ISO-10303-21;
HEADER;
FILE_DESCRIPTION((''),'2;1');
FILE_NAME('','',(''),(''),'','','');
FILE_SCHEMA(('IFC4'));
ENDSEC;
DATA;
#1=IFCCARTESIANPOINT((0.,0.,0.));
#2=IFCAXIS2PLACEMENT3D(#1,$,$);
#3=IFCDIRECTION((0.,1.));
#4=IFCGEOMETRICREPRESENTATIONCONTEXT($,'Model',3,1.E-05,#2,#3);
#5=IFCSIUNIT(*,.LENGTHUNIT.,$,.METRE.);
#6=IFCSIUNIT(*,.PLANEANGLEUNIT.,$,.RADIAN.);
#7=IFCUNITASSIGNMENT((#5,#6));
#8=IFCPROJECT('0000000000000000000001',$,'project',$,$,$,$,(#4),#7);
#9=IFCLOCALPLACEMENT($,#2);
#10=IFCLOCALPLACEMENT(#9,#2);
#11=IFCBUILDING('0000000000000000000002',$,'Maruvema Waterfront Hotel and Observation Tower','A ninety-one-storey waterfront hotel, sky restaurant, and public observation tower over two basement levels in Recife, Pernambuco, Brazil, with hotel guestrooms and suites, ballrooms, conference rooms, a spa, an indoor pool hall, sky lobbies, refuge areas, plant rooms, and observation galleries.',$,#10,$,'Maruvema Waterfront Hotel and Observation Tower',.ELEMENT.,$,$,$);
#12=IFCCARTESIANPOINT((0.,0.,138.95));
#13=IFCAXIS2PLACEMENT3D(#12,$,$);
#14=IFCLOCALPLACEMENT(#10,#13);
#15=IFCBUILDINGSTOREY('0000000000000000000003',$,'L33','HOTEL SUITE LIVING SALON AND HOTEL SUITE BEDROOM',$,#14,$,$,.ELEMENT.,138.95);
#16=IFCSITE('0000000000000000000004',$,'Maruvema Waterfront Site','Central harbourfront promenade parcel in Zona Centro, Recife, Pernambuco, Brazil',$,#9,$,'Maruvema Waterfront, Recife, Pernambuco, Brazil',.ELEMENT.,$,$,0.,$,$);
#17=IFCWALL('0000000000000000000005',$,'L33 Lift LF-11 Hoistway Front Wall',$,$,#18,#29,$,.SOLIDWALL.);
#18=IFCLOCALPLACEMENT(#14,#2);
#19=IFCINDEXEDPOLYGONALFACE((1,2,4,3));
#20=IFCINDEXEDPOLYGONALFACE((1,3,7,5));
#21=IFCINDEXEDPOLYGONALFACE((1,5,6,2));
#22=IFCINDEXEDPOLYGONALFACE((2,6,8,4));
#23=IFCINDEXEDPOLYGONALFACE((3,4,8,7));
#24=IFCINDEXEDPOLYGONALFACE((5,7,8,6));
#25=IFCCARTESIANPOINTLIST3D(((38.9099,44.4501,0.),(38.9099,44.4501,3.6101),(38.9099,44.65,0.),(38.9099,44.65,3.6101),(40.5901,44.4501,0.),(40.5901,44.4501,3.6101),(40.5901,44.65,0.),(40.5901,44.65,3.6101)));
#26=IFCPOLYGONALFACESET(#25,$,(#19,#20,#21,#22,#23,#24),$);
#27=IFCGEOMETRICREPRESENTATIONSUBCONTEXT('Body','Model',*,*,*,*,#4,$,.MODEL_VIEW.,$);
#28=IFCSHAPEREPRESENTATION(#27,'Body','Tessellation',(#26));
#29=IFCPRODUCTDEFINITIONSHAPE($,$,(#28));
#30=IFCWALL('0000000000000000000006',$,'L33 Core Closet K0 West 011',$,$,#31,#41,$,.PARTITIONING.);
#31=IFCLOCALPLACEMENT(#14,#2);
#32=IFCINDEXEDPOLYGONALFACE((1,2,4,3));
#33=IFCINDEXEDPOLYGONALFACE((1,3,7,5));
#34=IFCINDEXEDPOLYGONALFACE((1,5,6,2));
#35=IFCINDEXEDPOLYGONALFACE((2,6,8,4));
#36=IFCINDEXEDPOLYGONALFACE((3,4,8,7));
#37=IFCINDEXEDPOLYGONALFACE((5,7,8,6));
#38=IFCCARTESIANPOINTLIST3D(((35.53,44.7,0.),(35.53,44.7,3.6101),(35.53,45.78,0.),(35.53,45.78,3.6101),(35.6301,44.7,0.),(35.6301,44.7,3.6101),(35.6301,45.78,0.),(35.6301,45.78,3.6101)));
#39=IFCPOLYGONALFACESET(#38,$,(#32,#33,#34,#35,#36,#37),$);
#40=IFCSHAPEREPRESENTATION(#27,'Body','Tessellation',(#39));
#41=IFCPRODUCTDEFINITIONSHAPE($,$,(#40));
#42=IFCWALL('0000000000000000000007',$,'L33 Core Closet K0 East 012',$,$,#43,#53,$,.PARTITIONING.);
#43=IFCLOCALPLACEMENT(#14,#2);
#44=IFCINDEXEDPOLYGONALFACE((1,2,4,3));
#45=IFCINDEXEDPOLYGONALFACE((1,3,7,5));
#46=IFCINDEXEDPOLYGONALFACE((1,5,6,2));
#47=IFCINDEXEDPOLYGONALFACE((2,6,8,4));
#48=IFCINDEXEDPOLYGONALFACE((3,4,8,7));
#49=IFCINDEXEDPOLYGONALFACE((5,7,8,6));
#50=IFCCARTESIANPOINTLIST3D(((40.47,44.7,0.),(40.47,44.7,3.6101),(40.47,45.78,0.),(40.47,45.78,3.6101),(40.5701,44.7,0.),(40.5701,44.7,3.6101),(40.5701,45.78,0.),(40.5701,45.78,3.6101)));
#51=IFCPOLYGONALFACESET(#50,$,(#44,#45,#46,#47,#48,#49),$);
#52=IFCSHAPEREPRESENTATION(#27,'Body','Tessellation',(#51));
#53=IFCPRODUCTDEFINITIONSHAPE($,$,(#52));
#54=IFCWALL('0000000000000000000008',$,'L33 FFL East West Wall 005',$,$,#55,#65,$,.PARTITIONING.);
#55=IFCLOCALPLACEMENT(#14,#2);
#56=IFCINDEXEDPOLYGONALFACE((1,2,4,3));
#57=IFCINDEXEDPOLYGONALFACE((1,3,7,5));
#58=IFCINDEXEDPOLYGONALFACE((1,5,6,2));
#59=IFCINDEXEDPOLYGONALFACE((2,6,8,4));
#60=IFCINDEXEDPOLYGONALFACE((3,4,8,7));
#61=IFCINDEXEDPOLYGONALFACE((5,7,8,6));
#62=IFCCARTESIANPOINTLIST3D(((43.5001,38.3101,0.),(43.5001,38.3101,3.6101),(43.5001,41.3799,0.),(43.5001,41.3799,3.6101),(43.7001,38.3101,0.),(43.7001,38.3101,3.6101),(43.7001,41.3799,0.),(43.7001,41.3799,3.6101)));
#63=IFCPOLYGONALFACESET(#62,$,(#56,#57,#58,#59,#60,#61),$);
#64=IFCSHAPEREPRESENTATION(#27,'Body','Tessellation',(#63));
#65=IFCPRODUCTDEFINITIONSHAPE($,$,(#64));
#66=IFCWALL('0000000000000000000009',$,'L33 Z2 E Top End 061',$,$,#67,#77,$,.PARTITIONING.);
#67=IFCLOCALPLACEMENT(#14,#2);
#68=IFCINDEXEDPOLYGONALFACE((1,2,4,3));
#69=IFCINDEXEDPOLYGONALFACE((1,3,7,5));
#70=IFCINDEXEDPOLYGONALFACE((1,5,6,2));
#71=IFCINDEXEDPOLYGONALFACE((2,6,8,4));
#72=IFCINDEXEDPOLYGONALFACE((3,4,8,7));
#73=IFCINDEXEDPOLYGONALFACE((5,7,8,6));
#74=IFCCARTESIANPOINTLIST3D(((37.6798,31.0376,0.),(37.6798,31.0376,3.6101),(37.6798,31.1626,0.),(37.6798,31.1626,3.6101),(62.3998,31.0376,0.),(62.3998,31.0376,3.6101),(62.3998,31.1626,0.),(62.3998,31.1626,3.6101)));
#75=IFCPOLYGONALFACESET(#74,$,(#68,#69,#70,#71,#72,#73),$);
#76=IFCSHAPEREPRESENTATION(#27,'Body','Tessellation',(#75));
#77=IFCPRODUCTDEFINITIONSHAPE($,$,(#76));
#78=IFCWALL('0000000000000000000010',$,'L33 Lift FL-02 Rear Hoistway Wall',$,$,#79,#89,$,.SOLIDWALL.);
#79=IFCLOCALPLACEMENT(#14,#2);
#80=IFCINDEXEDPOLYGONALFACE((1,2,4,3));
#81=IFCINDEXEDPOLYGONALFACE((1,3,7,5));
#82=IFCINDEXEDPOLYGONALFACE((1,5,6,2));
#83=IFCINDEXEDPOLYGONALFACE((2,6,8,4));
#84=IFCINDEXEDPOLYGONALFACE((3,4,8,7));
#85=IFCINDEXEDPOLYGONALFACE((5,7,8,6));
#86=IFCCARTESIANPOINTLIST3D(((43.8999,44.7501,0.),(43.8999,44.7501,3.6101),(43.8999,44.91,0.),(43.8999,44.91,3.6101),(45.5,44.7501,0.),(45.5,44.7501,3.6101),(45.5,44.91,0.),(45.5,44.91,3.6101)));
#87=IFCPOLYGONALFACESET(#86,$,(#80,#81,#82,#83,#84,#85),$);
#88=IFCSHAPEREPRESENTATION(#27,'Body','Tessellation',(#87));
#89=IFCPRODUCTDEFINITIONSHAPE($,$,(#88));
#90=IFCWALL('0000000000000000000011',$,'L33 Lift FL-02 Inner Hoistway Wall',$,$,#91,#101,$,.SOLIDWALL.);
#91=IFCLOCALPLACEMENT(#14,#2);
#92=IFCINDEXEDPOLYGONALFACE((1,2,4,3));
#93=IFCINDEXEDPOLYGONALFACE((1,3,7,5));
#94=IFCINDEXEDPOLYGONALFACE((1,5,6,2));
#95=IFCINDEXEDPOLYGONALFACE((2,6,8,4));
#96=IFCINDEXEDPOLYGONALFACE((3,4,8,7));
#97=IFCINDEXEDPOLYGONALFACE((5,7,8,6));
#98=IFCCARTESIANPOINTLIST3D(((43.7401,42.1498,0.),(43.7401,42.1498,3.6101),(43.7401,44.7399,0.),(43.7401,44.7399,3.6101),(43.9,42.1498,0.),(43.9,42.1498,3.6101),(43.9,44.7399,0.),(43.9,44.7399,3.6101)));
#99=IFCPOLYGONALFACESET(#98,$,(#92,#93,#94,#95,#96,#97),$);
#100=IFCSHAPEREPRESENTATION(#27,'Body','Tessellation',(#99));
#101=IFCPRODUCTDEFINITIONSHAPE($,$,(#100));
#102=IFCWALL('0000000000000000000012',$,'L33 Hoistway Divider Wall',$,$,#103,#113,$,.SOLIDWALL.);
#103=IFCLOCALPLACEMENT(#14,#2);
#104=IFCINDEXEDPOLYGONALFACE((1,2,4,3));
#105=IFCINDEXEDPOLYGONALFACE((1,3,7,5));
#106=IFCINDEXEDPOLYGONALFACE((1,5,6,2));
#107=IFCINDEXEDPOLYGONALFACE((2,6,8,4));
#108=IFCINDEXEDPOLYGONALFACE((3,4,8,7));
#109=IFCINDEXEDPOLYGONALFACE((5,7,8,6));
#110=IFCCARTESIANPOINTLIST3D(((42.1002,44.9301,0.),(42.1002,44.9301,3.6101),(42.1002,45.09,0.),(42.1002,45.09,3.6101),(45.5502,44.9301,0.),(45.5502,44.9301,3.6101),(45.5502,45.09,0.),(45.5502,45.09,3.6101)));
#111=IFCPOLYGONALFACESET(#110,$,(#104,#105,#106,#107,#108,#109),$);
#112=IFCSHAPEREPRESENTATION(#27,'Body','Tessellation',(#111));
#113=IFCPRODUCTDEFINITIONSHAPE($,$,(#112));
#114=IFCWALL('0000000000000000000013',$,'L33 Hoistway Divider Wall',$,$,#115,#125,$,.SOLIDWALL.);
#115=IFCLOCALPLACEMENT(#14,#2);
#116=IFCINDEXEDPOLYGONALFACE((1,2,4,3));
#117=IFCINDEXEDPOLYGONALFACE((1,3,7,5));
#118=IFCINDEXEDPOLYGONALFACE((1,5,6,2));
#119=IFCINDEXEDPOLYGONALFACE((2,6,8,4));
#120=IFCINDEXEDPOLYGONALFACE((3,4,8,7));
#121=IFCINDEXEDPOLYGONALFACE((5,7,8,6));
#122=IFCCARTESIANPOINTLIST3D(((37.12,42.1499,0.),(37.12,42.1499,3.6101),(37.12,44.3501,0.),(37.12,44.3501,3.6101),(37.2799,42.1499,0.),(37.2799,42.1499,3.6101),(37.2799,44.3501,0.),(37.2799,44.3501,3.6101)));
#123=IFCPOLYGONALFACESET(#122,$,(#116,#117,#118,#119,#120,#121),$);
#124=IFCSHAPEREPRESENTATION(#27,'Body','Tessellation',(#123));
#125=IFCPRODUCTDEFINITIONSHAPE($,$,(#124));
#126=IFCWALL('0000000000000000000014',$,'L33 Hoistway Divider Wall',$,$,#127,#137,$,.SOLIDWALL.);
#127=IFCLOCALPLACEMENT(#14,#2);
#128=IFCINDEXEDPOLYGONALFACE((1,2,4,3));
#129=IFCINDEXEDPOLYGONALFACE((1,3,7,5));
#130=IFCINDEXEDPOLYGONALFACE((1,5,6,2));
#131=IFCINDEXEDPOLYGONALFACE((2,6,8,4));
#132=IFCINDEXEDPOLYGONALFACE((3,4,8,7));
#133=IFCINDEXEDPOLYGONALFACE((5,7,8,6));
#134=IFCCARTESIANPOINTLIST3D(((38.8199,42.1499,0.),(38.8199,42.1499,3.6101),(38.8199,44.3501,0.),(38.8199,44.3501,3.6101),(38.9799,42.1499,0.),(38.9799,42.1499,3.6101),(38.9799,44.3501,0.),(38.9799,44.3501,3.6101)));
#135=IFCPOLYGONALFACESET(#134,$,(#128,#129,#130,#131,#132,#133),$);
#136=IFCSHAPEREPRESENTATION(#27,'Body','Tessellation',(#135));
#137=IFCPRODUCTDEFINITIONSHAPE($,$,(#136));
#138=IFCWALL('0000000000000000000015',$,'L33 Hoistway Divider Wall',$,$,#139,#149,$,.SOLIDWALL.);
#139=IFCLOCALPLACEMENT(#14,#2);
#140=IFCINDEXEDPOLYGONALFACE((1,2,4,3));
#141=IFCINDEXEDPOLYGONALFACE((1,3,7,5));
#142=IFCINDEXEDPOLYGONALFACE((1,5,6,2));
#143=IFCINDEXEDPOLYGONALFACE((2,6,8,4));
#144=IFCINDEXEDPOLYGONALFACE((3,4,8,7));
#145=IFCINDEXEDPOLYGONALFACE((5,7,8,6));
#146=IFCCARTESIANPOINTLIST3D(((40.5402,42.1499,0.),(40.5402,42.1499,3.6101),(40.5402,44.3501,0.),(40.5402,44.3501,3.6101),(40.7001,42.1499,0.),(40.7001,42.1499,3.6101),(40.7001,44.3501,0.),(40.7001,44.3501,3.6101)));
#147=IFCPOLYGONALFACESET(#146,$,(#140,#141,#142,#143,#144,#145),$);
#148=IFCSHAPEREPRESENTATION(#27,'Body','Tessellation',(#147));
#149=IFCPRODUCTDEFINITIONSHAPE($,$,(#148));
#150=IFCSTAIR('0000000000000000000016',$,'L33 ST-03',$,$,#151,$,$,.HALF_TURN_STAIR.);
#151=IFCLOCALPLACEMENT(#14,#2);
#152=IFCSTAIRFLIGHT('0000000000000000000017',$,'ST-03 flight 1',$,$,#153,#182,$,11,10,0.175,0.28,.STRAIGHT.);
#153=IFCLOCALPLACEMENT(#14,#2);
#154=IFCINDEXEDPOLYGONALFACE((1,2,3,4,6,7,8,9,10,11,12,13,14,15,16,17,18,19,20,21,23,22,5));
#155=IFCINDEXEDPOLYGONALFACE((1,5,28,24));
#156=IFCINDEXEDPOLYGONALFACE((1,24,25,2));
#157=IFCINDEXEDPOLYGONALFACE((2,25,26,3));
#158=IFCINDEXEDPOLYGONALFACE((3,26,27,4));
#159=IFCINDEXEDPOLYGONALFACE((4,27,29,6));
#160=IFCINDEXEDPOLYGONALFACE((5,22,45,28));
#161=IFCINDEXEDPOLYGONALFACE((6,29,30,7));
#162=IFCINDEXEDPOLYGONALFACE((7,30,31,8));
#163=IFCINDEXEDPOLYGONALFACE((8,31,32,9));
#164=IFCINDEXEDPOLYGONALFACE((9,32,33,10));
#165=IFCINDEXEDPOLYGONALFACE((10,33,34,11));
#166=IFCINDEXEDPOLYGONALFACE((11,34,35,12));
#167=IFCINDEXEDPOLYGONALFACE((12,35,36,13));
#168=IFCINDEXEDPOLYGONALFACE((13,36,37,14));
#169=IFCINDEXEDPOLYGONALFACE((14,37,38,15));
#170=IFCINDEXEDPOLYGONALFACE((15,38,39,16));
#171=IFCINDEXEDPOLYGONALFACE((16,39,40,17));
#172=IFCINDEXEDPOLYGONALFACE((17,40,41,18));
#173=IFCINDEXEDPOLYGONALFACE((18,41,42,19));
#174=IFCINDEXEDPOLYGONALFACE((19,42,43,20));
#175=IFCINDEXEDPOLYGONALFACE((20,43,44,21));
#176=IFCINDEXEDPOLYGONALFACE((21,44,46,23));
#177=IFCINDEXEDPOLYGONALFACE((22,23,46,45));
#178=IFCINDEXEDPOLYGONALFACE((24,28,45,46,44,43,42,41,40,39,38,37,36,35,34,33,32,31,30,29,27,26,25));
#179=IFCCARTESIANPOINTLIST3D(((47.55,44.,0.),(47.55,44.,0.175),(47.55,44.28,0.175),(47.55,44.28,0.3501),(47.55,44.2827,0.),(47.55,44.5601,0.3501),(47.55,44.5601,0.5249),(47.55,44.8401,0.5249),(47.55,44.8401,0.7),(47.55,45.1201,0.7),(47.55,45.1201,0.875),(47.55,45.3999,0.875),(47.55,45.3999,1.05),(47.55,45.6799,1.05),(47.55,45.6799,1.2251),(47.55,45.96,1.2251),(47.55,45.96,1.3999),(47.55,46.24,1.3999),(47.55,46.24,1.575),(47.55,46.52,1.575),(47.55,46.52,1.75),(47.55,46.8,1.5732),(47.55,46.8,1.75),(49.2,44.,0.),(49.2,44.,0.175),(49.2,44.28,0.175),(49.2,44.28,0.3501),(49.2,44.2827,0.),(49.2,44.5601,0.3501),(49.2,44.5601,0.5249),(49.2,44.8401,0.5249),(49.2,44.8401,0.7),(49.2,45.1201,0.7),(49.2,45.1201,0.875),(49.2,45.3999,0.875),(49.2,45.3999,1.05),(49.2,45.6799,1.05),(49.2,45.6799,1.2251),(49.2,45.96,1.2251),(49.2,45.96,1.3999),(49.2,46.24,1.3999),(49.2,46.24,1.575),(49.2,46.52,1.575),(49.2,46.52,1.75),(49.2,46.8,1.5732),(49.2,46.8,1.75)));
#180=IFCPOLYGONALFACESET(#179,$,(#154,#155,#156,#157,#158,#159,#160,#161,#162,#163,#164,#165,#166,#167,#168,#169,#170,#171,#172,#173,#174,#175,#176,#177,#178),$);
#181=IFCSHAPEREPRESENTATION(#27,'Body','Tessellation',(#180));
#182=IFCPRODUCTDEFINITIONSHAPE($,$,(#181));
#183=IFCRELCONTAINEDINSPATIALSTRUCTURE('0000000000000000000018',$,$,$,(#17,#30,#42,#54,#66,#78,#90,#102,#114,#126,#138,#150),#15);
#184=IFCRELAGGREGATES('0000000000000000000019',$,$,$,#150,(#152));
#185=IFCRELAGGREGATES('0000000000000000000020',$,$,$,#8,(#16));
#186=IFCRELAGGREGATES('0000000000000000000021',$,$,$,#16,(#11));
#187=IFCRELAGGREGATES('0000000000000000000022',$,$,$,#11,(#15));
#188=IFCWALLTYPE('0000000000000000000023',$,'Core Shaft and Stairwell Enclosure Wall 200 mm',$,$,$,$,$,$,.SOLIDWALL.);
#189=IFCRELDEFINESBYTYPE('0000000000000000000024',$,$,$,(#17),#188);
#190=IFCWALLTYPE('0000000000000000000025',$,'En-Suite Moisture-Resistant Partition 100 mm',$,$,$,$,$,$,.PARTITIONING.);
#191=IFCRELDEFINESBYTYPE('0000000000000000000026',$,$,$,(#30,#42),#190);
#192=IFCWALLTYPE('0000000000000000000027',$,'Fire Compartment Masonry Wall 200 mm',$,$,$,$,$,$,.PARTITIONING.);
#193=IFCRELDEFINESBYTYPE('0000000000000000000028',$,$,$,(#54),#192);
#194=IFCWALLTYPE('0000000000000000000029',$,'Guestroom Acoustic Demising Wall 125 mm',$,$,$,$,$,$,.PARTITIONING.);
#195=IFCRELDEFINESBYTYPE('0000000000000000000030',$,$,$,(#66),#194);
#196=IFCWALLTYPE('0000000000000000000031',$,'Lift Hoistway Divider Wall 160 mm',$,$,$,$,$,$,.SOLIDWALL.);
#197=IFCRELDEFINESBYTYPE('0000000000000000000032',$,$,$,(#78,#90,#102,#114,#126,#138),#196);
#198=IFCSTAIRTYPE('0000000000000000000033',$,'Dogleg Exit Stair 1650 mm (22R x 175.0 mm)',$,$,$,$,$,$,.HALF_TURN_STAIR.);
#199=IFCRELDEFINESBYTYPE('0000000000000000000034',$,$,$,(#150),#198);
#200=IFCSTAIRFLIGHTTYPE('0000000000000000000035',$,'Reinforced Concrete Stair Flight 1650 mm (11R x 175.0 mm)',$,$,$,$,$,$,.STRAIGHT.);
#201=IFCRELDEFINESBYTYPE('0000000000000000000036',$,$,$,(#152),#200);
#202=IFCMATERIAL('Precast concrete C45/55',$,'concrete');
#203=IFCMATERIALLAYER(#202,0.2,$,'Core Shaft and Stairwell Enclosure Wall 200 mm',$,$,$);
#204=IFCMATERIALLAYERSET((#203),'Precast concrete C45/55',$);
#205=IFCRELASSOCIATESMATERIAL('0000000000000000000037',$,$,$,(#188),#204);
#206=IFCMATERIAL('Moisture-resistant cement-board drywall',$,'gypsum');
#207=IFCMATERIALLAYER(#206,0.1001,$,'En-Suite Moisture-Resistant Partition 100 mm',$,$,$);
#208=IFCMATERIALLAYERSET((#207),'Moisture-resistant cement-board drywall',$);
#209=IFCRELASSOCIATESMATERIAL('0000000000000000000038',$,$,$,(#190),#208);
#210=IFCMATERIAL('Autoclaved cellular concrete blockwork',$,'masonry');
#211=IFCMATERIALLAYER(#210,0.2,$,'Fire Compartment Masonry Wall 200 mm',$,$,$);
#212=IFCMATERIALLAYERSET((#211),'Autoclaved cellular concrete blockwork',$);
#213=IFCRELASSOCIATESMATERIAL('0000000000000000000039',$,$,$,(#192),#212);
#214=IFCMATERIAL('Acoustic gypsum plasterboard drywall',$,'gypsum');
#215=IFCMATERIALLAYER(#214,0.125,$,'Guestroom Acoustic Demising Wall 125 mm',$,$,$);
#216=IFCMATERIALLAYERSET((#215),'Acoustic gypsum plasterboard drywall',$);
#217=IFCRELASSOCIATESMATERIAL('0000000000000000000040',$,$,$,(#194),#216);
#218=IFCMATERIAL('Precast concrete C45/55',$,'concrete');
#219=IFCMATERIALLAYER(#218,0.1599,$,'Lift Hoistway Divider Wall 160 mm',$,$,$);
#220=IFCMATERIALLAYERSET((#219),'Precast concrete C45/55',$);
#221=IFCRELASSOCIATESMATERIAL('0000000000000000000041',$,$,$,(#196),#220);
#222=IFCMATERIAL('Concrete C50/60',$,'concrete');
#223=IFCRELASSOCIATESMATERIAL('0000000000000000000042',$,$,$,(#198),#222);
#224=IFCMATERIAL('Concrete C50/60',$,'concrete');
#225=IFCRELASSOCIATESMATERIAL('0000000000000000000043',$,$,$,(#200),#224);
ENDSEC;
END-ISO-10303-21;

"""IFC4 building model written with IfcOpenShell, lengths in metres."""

from ifc_helpers import new_model, si_unit, direction, frame, frame_2d, origin, place, context, subcontext, project, spatial, polyline, rectangle, outline, extrude, material, layer, layer_set, type_object, element, aggregate, save


model = new_model("IFC4")

# Units and contexts
model_context = context("Model", 3, precision=1e-05, world=origin(), true_north=direction((0.0, 1.0)))
body_context = subcontext(model_context, "Body", "Model", "MODEL_VIEW")
ifc_project = project(units=[si_unit("LENGTHUNIT", "METRE"), si_unit("PLANEANGLEUNIT", "RADIAN")], contexts=[model_context])

# Site, building, storey
site_placement = place(None, origin())
site = spatial("IfcSite", under=ifc_project, at=site_placement, Name="Maruvema Waterfront Site", Description="Central harbourfront promenade parcel in Zona Centro, Recife, Pernambuco, Brazil", LongName="Maruvema Waterfront, Recife, Pernambuco, Brazil", CompositionType="ELEMENT", RefElevation=0.0)
building_placement = place(site_placement, origin())
building = spatial("IfcBuilding", under=site, at=building_placement, Name="Maruvema Waterfront Hotel and Observation Tower", Description="A ninety-one-storey waterfront hotel, sky restaurant, and public observation tower over two basement levels in Recife, Pernambuco, Brazil, with hotel guestrooms and suites, ballrooms, conference rooms, a spa, an indoor pool hall, sky lobbies, refuge areas, plant rooms, and observation galleries.", LongName="Maruvema Waterfront Hotel and Observation Tower", CompositionType="ELEMENT")
storey_placement = place(building_placement, frame((0.0, 0.0, 138.95)))
storey = spatial("IfcBuildingStorey", under=building, at=storey_placement, Name="L33", Description="HOTEL SUITE LIVING SALON AND HOTEL SUITE BEDROOM", CompositionType="ELEMENT", Elevation=138.95)

# Wall
ifc_material_1 = material(Name="Precast concrete C45/55", Category="concrete")
ifc_layer_1 = layer(ifc_material_1, 0.2, Name="Core Shaft and Stairwell Enclosure Wall 200 mm")
ifc_layer_set_1 = layer_set([ifc_layer_1], Name="Precast concrete C45/55")
wall_type_1 = type_object("IfcWallType", Name="Core Shaft and Stairwell Enclosure Wall 200 mm", PredefinedType="SOLIDWALL", material=ifc_layer_set_1)
wall_1_placement = place(storey_placement, frame((38.9099, 44.55, 0.0), z_axis=(0.0, 0.0, 1.0), x_axis=(1.0, 0.0, 0.0)))
element("IfcWall", 1, at=wall_1_placement, inside=storey, type_object=wall_type_1, Name="L33 Lift LF-11 Hoistway Front Wall", PredefinedType="SOLIDWALL", context=body_context, shape_type="SweptSolid", body=[
    extrude(rectangle(XDim=1.6802, YDim=0.2, at=frame_2d((0.8401, 0.0))), origin(), (0.0, 0.0, 1.0), 3.6101),
])

# Walls
ifc_material_2 = material(Name="Moisture-resistant cement-board drywall", Category="gypsum")
ifc_layer_2 = layer(ifc_material_2, 0.1001, Name="En-Suite Moisture-Resistant Partition 100 mm")
ifc_layer_set_2 = layer_set([ifc_layer_2], Name="Moisture-resistant cement-board drywall")
wall_type_2 = type_object("IfcWallType", Name="En-Suite Moisture-Resistant Partition 100 mm", PredefinedType="PARTITIONING", material=ifc_layer_set_2)
for number, where, z_axis, x_axis, name in (
    (2, (35.5801, 44.7, 0.0), (0.0, 0.0, 1.0), (0.0, 1.0, 0.0), "L33 Core Closet K0 West 011"),
    (3, (40.52, 44.7, 0.0), (0.0, 0.0, 1.0), (0.0, 1.0, 0.0), "L33 Core Closet K0 East 012"),
):
    element("IfcWall", number, at=place(storey_placement, frame(where, z_axis=z_axis, x_axis=x_axis)), inside=storey, type_object=wall_type_2, Name=name, PredefinedType="PARTITIONING", context=body_context, shape_type="SweptSolid", body=[
        extrude(rectangle(XDim=1.0801, YDim=0.1001, at=frame_2d((0.54, 0.0))), origin(), (0.0, 0.0, 1.0), 3.6101),
    ])

# Shared definitions
ifc_material_3 = material(Name="Autoclaved cellular concrete blockwork", Category="masonry")
ifc_layer_3 = layer(ifc_material_3, 0.2, Name="Fire Compartment Masonry Wall 200 mm")
ifc_layer_set_3 = layer_set([ifc_layer_3], Name="Autoclaved cellular concrete blockwork")
wall_type_3 = type_object("IfcWallType", Name="Fire Compartment Masonry Wall 200 mm", PredefinedType="PARTITIONING", material=ifc_layer_set_3)

# Walls
wall_2_placement = place(storey_placement, frame((43.6001, 38.3101, 0.0), z_axis=(0.0, 0.0, 1.0), x_axis=(0.0, 1.0, 0.0)))
element("IfcWall", 4, at=wall_2_placement, inside=storey, type_object=wall_type_3, Name="L33 FFL East West Wall 005", PredefinedType="PARTITIONING", context=body_context, shape_type="SweptSolid", body=[
    extrude(rectangle(XDim=3.0698, YDim=0.2, at=frame_2d((1.5349, 0.0))), origin(), (0.0, 0.0, 1.0), 3.6101),
])
ifc_material_4 = material(Name="Acoustic gypsum plasterboard drywall", Category="gypsum")
ifc_layer_4 = layer(ifc_material_4, 0.125, Name="Guestroom Acoustic Demising Wall 125 mm")
ifc_layer_set_4 = layer_set([ifc_layer_4], Name="Acoustic gypsum plasterboard drywall")
wall_type_4 = type_object("IfcWallType", Name="Guestroom Acoustic Demising Wall 125 mm", PredefinedType="PARTITIONING", material=ifc_layer_set_4)
wall_3_placement = place(storey_placement, frame((37.6799, 31.1001, 0.0), z_axis=(0.0, 0.0, 1.0), x_axis=(1.0, 0.0, 0.0)))
element("IfcWall", 5, at=wall_3_placement, inside=storey, type_object=wall_type_4, Name="L33 Z2 E Top End 061", PredefinedType="PARTITIONING", context=body_context, shape_type="SweptSolid", body=[
    extrude(rectangle(XDim=24.72, YDim=0.125, at=frame_2d((12.3599, 0.0))), origin(), (0.0, 0.0, 1.0), 3.6101),
])
ifc_material_5 = material(Name="Precast concrete C45/55", Category="concrete")
ifc_layer_5 = layer(ifc_material_5, 0.1599, Name="Lift Hoistway Divider Wall 160 mm")
ifc_layer_set_5 = layer_set([ifc_layer_5], Name="Precast concrete C45/55")
wall_type_5 = type_object("IfcWallType", Name="Lift Hoistway Divider Wall 160 mm", PredefinedType="SOLIDWALL", material=ifc_layer_set_5)
wall_4_placement = place(storey_placement, frame((43.8999, 44.8301, 0.0), z_axis=(0.0, 0.0, 1.0), x_axis=(1.0, 0.0, 0.0)))
element("IfcWall", 6, at=wall_4_placement, inside=storey, type_object=wall_type_5, Name="L33 Lift FL-02 Rear Hoistway Wall", PredefinedType="SOLIDWALL", context=body_context, shape_type="SweptSolid", body=[
    extrude(rectangle(XDim=1.6001, YDim=0.1599, at=frame_2d((0.8, 0.0))), origin(), (0.0, 0.0, 1.0), 3.6101),
])
wall_5_placement = place(storey_placement, frame((43.8201, 42.1499, 0.0), z_axis=(0.0, 0.0, 1.0), x_axis=(0.0, 1.0, 0.0)))
element("IfcWall", 7, at=wall_5_placement, inside=storey, type_object=wall_type_5, Name="L33 Lift FL-02 Inner Hoistway Wall", PredefinedType="SOLIDWALL", context=body_context, shape_type="SweptSolid", body=[
    extrude(rectangle(XDim=2.5901, YDim=0.1599, at=frame_2d((1.2949, 0.0))), origin(), (0.0, 0.0, 1.0), 3.6101),
])
wall_6_placement = place(storey_placement, frame((42.1001, 45.01, 0.0), z_axis=(0.0, 0.0, 1.0), x_axis=(1.0, 0.0, 0.0)))
element("IfcWall", 8, at=wall_6_placement, inside=storey, type_object=wall_type_5, Name="L33 Hoistway Divider Wall", PredefinedType="SOLIDWALL", context=body_context, shape_type="SweptSolid", body=[
    extrude(rectangle(XDim=3.45, YDim=0.1599, at=frame_2d((1.7251, 0.0))), origin(), (0.0, 0.0, 1.0), 3.6101),
])
for number, where, z_axis, x_axis, name in (
    (9, (37.2, 42.1499, 0.0), (0.0, 0.0, 1.0), (0.0, 1.0, 0.0), "L33 Hoistway Divider Wall"),
    (10, (38.8999, 42.1499, 0.0), (0.0, 0.0, 1.0), (0.0, 1.0, 0.0), "L33 Hoistway Divider Wall"),
    (11, (40.6201, 42.1499, 0.0), (0.0, 0.0, 1.0), (0.0, 1.0, 0.0), "L33 Hoistway Divider Wall"),
):
    element("IfcWall", number, at=place(storey_placement, frame(where, z_axis=z_axis, x_axis=x_axis)), inside=storey, type_object=wall_type_5, Name=name, PredefinedType="SOLIDWALL", context=body_context, shape_type="SweptSolid", body=[
        extrude(rectangle(XDim=2.2002, YDim=0.1599, at=frame_2d((1.1001, 0.0))), origin(), (0.0, 0.0, 1.0), 3.6101),
    ])

# Stair, stair flight
ifc_material_6 = material(Name="Concrete C50/60", Category="concrete")
stair_type = type_object("IfcStairType", Name="Dogleg Exit Stair 1650 mm (22R x 175.0 mm)", PredefinedType="HALF_TURN_STAIR", material=ifc_material_6)
stair_placement = place(storey_placement, origin())
stair = element("IfcStair", 12, at=stair_placement, inside=storey, type_object=stair_type, Name="L33 ST-03", PredefinedType="HALF_TURN_STAIR")
ifc_material_7 = material(Name="Concrete C50/60", Category="concrete")
stair_flight_type = type_object("IfcStairFlightType", Name="Reinforced Concrete Stair Flight 1650 mm (11R x 175.0 mm)", PredefinedType="STRAIGHT", material=ifc_material_7)
stair_flight_placement = place(storey_placement, frame((48.375, 44.0, 0.0), z_axis=(0.0, 0.0, 1.0), x_axis=(0.0, 1.0, 0.0)))
stair_flight = element("IfcStairFlight", 13, at=stair_flight_placement, type_object=stair_flight_type, Name="ST-03 flight 1", NumberOfRisers=11, NumberOfTreads=10, PredefinedType="STRAIGHT", RiserHeight=0.175, TreadLength=0.28, context=body_context, shape_type="SweptSolid", body=[
    extrude(outline(polyline([(0.0, 0.0), (0.0, 0.175), (0.28, 0.175), (0.28, 0.3501), (0.5601, 0.3501), (0.5601, 0.5249), (0.8401, 0.5249), (0.8401, 0.7), (1.1201, 0.7), (1.1201, 0.875), (1.3999, 0.875), (1.3999, 1.05), (1.6799, 1.05), (1.6799, 1.2251), (1.96, 1.2251), (1.96, 1.3999), (2.24, 1.3999), (2.24, 1.575), (2.52, 1.575), (2.52, 1.75), (2.8, 1.75), (2.8, 1.925), (2.8, 1.5732), (0.2827, 0.0), (0.0, 0.0)])), frame((0.0, 0.825, 0.0), z_axis=(0.0, -1.0, 0.0), x_axis=(1.0, 0.0, 0.0)), (0.0, 0.0, 1.0), 1.6499),
])
aggregate(stair, [stair_flight])

save(model, "model.ifc")
